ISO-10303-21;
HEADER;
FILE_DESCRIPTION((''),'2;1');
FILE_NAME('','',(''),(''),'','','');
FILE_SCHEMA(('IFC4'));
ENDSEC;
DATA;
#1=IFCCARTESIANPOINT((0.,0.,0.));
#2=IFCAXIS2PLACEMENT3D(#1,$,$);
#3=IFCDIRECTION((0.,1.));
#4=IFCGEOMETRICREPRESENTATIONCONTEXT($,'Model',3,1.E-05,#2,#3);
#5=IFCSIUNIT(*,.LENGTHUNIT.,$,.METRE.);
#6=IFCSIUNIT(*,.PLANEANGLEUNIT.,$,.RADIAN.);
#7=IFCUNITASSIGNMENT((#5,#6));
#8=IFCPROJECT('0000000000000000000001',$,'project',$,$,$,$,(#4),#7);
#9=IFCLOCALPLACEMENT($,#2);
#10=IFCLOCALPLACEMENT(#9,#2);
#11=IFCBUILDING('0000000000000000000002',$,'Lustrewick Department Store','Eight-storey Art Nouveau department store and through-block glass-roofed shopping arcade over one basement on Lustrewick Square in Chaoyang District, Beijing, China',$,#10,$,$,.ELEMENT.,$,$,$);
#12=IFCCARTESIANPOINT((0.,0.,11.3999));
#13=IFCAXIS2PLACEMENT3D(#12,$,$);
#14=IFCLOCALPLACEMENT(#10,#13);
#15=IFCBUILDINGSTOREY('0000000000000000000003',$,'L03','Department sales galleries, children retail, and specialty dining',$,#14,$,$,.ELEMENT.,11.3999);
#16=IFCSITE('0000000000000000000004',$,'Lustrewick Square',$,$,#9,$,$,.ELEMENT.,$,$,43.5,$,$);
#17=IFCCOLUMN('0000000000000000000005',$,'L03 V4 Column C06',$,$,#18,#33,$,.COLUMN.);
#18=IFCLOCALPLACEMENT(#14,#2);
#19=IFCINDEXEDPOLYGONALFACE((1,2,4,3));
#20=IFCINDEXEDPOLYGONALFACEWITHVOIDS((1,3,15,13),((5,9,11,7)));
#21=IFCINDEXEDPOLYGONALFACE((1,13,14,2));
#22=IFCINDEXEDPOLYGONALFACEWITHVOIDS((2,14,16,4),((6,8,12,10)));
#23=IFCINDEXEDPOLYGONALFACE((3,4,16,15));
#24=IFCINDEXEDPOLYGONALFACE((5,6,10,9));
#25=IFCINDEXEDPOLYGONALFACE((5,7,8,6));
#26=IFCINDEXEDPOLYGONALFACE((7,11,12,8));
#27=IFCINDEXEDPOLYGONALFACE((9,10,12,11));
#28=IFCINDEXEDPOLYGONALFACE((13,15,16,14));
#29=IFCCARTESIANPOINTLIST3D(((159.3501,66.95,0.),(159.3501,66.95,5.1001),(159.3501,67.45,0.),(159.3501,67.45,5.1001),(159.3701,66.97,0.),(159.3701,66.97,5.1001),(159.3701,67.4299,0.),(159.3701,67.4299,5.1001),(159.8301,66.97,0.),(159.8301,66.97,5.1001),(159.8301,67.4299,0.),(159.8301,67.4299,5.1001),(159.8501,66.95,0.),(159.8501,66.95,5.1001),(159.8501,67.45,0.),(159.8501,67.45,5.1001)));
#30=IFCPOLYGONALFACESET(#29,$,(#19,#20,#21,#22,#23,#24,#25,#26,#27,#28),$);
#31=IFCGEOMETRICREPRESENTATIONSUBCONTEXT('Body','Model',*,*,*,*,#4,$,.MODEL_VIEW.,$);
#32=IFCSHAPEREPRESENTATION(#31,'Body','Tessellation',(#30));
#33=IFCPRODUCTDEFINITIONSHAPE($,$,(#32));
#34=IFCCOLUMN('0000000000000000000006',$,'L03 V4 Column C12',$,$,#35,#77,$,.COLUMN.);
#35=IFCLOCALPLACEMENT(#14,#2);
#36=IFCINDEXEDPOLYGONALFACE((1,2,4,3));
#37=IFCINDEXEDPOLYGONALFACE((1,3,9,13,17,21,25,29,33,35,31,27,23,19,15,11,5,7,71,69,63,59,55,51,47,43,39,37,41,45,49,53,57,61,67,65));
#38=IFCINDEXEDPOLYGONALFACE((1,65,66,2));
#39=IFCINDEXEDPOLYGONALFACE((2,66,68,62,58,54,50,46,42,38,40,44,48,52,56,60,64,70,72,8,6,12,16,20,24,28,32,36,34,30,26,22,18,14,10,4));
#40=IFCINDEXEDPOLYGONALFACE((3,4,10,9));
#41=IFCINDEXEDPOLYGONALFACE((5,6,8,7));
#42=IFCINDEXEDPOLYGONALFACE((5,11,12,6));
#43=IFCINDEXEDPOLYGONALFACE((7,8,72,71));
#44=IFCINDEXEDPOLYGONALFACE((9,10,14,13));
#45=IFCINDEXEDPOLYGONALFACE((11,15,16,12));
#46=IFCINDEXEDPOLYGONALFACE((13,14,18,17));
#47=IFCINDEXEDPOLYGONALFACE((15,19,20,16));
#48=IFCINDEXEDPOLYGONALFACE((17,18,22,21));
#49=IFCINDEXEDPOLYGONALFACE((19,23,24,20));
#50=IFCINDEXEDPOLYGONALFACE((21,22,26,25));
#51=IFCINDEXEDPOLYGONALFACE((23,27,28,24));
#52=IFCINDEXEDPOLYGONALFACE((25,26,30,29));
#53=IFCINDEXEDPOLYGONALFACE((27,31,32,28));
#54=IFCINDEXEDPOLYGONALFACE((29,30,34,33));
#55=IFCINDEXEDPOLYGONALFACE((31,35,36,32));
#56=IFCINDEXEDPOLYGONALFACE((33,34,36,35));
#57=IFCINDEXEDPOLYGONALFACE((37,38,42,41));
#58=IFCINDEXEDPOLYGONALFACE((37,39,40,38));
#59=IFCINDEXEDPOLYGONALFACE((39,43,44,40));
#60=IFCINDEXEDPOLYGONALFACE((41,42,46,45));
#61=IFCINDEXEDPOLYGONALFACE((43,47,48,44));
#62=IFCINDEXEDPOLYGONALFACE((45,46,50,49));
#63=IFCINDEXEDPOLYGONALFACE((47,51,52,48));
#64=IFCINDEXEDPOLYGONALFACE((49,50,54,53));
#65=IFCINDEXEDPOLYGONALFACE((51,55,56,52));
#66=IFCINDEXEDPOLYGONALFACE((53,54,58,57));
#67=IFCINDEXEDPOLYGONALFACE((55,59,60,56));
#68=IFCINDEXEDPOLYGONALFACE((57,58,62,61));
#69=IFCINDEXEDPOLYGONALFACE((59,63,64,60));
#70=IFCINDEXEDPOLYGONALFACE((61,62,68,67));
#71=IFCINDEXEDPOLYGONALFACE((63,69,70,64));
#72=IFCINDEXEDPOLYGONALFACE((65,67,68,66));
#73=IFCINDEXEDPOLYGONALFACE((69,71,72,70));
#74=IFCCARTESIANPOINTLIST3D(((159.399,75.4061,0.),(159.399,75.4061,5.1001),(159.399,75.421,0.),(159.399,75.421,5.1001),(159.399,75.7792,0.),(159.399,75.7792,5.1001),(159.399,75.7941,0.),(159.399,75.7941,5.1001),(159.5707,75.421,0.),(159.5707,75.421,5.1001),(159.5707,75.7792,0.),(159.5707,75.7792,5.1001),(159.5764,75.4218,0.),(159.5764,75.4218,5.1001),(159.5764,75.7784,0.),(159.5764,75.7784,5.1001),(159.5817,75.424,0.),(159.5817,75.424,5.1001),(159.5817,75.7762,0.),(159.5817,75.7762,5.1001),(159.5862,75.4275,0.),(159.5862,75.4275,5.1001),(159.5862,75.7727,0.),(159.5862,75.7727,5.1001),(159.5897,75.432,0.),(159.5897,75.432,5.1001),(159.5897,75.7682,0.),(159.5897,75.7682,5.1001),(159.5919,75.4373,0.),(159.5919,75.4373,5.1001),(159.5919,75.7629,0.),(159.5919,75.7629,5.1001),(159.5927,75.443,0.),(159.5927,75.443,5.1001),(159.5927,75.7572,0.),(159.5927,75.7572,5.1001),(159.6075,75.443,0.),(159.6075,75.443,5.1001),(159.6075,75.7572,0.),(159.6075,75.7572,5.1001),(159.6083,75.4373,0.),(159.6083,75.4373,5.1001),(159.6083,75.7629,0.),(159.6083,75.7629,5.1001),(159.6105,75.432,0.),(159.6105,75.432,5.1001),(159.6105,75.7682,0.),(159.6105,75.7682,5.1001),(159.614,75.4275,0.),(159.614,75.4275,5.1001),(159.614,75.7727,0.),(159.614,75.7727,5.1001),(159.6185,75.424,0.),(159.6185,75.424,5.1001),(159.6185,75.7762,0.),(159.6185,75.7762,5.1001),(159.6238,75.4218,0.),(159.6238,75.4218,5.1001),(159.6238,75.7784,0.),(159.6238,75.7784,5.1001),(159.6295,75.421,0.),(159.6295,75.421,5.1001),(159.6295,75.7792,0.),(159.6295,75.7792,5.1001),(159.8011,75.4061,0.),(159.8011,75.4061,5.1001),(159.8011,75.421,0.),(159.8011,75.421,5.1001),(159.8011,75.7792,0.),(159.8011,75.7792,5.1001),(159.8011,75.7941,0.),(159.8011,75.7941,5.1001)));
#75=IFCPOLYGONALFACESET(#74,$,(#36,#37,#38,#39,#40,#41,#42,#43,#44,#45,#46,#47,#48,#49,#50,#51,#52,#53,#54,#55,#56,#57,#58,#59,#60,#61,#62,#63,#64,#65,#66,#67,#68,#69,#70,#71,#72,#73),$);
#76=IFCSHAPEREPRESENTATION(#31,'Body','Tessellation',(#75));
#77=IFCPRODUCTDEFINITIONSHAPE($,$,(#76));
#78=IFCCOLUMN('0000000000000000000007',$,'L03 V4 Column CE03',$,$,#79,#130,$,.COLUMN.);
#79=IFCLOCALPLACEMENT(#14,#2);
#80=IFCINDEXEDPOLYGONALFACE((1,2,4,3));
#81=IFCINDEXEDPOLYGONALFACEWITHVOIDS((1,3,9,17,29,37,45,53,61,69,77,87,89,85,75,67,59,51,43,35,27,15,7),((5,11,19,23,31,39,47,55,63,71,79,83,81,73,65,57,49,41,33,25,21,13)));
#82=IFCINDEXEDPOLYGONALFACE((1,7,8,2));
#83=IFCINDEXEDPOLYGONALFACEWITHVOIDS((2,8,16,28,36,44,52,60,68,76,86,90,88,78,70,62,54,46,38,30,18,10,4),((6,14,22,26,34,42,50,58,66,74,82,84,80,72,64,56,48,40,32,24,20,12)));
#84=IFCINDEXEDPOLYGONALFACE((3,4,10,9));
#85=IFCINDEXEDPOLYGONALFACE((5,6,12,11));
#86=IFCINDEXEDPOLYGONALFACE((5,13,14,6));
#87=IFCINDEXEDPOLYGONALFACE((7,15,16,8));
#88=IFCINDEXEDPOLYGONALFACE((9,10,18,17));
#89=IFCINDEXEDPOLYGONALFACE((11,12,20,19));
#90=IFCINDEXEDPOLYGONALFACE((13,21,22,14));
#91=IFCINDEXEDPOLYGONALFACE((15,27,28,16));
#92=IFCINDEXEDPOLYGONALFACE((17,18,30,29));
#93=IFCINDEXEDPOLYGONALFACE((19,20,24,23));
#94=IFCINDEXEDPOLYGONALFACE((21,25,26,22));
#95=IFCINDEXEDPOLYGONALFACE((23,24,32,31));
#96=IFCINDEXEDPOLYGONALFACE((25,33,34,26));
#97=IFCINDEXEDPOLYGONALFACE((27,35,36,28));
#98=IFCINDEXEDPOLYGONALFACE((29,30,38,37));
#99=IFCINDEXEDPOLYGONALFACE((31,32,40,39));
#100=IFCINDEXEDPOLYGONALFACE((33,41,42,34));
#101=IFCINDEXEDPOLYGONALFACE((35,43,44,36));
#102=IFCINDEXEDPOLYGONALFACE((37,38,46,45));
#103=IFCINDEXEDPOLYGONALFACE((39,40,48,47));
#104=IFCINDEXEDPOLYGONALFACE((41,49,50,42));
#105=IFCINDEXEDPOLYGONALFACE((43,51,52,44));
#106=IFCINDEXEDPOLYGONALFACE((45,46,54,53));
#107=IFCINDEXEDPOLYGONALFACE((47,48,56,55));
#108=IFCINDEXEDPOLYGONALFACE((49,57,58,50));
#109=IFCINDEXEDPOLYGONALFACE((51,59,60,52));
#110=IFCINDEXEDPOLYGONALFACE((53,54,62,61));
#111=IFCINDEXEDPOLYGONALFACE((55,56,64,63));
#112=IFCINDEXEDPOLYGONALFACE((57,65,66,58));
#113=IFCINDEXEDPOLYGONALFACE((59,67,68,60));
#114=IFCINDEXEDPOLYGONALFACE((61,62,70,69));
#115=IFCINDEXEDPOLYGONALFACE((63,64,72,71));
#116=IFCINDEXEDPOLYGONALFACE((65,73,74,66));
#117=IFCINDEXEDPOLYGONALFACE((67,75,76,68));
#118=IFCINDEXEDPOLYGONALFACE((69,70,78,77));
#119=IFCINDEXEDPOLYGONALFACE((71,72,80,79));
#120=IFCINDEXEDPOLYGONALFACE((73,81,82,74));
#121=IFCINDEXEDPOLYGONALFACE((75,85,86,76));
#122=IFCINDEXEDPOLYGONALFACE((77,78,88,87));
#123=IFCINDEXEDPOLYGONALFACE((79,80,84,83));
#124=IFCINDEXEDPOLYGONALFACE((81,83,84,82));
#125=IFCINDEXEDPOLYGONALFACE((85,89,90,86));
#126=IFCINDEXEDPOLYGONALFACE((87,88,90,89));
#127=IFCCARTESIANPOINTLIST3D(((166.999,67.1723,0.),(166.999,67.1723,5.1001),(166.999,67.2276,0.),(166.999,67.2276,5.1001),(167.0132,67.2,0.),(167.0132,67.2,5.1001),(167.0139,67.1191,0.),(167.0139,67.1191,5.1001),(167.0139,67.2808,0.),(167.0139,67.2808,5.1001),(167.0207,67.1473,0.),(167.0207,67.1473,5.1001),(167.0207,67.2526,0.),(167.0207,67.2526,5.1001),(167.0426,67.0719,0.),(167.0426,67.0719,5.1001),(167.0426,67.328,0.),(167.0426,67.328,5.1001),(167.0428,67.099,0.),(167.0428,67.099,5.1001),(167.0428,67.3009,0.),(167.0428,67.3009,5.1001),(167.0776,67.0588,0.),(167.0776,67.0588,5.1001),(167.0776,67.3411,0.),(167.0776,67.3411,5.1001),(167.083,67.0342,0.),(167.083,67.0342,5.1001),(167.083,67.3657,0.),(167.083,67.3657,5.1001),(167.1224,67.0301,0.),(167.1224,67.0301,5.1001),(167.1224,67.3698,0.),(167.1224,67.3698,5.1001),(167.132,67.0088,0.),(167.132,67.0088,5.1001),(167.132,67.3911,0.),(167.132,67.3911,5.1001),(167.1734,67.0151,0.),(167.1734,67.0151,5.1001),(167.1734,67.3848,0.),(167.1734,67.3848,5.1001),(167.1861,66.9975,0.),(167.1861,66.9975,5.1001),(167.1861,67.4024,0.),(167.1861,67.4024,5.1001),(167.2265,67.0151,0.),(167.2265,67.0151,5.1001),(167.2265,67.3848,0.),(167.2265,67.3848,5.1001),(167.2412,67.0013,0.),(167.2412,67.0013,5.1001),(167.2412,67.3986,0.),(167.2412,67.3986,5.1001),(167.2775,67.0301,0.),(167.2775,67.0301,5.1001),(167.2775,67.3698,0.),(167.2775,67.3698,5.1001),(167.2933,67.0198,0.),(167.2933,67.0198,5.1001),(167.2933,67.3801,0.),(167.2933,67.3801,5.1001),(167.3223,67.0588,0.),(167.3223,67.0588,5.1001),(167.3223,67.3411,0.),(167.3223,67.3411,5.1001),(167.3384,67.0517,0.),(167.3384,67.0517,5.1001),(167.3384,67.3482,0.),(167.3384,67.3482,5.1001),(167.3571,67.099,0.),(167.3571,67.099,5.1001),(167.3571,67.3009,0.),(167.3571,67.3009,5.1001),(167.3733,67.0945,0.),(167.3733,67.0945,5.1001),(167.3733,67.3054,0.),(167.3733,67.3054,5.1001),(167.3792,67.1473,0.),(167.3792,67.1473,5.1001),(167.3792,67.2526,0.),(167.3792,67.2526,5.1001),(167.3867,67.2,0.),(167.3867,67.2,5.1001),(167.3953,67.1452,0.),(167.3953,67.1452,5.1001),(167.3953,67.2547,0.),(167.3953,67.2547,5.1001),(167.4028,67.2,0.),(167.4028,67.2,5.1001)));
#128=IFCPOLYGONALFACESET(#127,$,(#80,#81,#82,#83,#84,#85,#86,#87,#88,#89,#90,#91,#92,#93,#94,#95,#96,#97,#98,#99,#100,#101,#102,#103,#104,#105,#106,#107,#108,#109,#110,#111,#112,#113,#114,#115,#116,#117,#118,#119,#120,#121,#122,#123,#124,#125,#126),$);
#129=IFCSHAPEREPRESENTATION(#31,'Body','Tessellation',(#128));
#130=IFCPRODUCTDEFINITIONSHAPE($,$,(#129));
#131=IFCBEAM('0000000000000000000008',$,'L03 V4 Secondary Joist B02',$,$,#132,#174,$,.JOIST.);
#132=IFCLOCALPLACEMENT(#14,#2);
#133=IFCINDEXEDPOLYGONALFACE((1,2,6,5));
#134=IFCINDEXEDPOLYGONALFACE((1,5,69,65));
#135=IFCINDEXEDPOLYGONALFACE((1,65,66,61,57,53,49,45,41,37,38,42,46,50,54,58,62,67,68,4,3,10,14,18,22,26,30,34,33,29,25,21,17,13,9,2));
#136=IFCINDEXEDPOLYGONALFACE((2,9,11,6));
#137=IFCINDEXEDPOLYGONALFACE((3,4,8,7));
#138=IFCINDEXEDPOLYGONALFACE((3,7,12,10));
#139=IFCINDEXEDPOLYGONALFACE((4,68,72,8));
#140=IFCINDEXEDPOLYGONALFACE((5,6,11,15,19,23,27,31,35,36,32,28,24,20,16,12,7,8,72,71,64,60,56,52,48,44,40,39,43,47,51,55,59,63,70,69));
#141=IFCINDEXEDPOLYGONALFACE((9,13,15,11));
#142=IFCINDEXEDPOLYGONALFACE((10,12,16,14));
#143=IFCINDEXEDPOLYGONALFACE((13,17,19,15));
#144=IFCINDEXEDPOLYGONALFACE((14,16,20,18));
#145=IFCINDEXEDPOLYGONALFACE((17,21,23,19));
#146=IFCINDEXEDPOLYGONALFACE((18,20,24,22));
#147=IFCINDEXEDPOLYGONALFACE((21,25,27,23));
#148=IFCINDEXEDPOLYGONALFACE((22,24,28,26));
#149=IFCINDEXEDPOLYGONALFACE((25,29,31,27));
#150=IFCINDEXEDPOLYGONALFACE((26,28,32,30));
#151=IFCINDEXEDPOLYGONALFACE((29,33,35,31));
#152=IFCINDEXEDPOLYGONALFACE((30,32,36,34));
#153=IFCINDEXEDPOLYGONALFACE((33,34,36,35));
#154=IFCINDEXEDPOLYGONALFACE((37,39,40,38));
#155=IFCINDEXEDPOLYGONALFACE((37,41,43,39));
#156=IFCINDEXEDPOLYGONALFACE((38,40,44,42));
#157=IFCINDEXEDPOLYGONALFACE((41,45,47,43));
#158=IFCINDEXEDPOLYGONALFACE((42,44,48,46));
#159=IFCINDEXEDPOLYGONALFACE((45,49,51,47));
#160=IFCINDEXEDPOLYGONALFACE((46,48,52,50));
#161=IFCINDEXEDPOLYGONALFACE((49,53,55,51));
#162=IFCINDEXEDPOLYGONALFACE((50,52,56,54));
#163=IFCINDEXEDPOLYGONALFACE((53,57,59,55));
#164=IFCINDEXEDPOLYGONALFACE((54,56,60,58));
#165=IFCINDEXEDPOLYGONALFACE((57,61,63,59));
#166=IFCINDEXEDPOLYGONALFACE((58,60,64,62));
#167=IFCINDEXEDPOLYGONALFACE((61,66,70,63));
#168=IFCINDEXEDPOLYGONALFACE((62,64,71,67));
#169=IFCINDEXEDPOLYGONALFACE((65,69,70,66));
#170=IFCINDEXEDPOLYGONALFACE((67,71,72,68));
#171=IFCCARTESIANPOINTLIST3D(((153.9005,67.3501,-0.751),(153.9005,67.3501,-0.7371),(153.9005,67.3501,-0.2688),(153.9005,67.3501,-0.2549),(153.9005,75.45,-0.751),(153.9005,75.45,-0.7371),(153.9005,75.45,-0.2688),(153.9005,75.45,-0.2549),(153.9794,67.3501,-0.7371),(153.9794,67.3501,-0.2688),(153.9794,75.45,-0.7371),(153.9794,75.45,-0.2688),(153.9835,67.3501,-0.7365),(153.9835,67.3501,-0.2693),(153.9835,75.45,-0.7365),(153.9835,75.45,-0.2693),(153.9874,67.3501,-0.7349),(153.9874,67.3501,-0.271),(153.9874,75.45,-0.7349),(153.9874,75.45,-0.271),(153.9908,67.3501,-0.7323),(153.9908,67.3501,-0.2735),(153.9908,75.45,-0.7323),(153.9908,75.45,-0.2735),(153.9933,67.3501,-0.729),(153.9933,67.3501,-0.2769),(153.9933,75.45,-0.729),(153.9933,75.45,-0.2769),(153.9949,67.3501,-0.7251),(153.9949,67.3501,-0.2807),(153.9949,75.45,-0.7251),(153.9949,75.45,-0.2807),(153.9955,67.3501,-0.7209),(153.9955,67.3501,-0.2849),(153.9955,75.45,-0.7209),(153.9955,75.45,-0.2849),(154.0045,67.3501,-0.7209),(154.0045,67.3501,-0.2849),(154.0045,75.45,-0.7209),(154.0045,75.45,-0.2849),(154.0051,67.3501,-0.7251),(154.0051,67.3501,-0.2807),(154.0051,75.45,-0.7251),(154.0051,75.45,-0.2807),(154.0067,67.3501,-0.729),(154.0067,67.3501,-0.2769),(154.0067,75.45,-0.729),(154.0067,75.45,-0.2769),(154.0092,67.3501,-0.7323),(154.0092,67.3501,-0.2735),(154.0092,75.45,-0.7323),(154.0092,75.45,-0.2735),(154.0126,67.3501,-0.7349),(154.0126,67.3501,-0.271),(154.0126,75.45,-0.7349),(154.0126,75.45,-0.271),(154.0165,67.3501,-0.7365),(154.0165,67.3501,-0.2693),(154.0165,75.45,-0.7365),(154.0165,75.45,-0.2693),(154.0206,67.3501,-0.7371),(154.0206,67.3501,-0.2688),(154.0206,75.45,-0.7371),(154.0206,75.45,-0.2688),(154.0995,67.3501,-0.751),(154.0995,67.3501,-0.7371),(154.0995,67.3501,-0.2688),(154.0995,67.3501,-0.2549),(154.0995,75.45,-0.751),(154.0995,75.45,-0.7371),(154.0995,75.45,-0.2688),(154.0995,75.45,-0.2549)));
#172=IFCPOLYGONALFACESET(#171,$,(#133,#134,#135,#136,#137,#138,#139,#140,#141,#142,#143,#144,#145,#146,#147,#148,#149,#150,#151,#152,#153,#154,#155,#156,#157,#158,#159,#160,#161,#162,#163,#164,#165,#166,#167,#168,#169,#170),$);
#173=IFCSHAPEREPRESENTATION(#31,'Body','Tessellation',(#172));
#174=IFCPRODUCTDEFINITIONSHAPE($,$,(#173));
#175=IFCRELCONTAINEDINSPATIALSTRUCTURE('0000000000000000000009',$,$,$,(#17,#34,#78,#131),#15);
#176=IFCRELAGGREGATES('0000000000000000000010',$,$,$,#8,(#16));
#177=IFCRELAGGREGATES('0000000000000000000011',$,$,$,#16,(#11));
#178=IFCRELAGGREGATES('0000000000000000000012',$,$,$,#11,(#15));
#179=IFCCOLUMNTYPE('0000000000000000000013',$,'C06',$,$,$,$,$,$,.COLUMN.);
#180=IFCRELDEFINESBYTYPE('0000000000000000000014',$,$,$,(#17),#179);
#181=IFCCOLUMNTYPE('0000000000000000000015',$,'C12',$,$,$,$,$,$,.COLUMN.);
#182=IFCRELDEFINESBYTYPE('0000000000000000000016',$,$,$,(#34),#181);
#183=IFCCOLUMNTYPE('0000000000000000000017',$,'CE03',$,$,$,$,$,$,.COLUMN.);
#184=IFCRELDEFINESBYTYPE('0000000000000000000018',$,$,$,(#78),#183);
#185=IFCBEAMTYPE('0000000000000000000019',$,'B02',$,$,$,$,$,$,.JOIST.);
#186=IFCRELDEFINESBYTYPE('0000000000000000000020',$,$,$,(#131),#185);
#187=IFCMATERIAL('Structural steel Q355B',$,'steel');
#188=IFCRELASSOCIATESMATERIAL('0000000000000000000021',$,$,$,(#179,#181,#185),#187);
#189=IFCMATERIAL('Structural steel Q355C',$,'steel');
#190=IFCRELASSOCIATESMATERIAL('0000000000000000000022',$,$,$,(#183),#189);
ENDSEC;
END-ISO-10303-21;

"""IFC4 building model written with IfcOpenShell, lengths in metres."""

from ifc_helpers import new_model, si_unit, direction, frame, origin, origin_2d, place, context, subcontext, project, spatial, hollow_rectangle, hollow_circle, i_section, extrude, material, material_profile, profile_set, type_object, element, save


model = new_model("IFC4")

# Units and contexts
model_context = context("Model", 3, precision=1e-05, world=origin(), true_north=direction((0.0, 1.0)))
body_context = subcontext(model_context, "Body", "Model", "MODEL_VIEW")
ifc_project = project(units=[si_unit("LENGTHUNIT", "METRE"), si_unit("PLANEANGLEUNIT", "RADIAN")], contexts=[model_context])

# Site, building, storey
site_placement = place(None, origin())
site = spatial("IfcSite", under=ifc_project, at=site_placement, Name="Lustrewick Square", CompositionType="ELEMENT", RefElevation=43.5)
building_placement = place(site_placement, origin())
building = spatial("IfcBuilding", under=site, at=building_placement, Name="Lustrewick Department Store", Description="Eight-storey Art Nouveau department store and through-block glass-roofed shopping arcade over one basement on Lustrewick Square in Chaoyang District, Beijing, China", CompositionType="ELEMENT")
storey_placement = place(building_placement, frame((0.0, 0.0, 11.3999)))
storey = spatial("IfcBuildingStorey", under=building, at=storey_placement, Name="L03", Description="Department sales galleries, children retail, and specialty dining", CompositionType="ELEMENT", Elevation=11.3999)

# Columns
ifc_material_1 = material(Name="Structural steel Q355B", Category="steel")
ifc_material_profile_1 = material_profile(ifc_material_1, hollow_rectangle(XDim=0.5, YDim=0.5, WallThickness=0.02, at=origin_2d()), Name="BOX 500x500x20")
ifc_profile_set_1 = profile_set([ifc_material_profile_1], Name="Structural steel Q355B")
column_type_1 = type_object("IfcColumnType", Name="C06", PredefinedType="COLUMN", material=ifc_profile_set_1)
column_1_placement = place(storey_placement, frame((159.6001, 67.2, 0.0), z_axis=(0.0, 0.0, 1.0), x_axis=(1.0, 0.0, 0.0)))
element("IfcColumn", 1, at=column_1_placement, inside=storey, type_object=column_type_1, Name="L03 V4 Column C06", PredefinedType="COLUMN", context=body_context, shape_type="SweptSolid", body=[
    extrude(hollow_rectangle(XDim=0.5, YDim=0.5, WallThickness=0.02, at=origin_2d()), origin(), (0.0, 0.0, 1.0), 5.1001),
])
ifc_material_profile_2 = material_profile(ifc_material_1, i_section(OverallWidth=0.4021, OverallDepth=0.3879, WebThickness=0.0149, FlangeThickness=0.0149, FilletRadius=0.022, at=origin_2d()), Name="HW 388x402x15x15")
ifc_profile_set_2 = profile_set([ifc_material_profile_2], Name="Structural steel Q355B")
column_type_2 = type_object("IfcColumnType", Name="C12", PredefinedType="COLUMN", material=ifc_profile_set_2)
column_2_placement = place(storey_placement, frame((159.6001, 75.6001, 0.0), z_axis=(0.0, 0.0, 1.0), x_axis=(1.0, 0.0, 0.0)))
element("IfcColumn", 2, at=column_2_placement, inside=storey, type_object=column_type_2, Name="L03 V4 Column C12", PredefinedType="COLUMN", context=body_context, shape_type="SweptSolid", body=[
    extrude(i_section(OverallWidth=0.4021, OverallDepth=0.3879, WebThickness=0.0149, FlangeThickness=0.0149, FilletRadius=0.022, at=origin_2d()), origin(), (0.0, 0.0, 1.0), 5.1001),
])
ifc_material_2 = material(Name="Structural steel Q355C", Category="steel")
ifc_material_profile_3 = material_profile(ifc_material_2, hollow_circle(Radius=0.2029, WallThickness=0.0161, at=origin_2d()), Name="CHS 406x16")
ifc_profile_set_3 = profile_set([ifc_material_profile_3], Name="Structural steel Q355C")
column_type_3 = type_object("IfcColumnType", Name="CE03", PredefinedType="COLUMN", material=ifc_profile_set_3)
column_3_placement = place(storey_placement, frame((167.2, 67.2, 0.0), z_axis=(0.0, 0.0, 1.0), x_axis=(1.0, 0.0, 0.0)))
element("IfcColumn", 3, at=column_3_placement, inside=storey, type_object=column_type_3, Name="L03 V4 Column CE03", PredefinedType="COLUMN", context=body_context, shape_type="SweptSolid", body=[
    extrude(hollow_circle(Radius=0.2029, WallThickness=0.0161, at=origin_2d()), origin(), (0.0, 0.0, 1.0), 5.1001),
])

# Beam
ifc_material_profile_4 = material_profile(ifc_material_1, i_section(OverallWidth=0.199, OverallDepth=0.4961, WebThickness=0.009, FlangeThickness=0.0139, FilletRadius=0.0161, at=origin_2d()), Name="HN 496x199x9x14")
ifc_profile_set_4 = profile_set([ifc_material_profile_4], Name="Structural steel Q355B")
beam_type_1 = type_object("IfcBeamType", Name="B02", PredefinedType="JOIST", material=ifc_profile_set_4)
beam_1_placement = place(storey_placement, frame((154.0, 67.3501, -0.5029), z_axis=(0.0, 1.0, 0.0), x_axis=(-1.0, 0.0, 0.0)))
element("IfcBeam", 4, at=beam_1_placement, inside=storey, type_object=beam_type_1, Name="L03 V4 Secondary Joist B02", PredefinedType="JOIST", context=body_context, shape_type="SweptSolid", body=[
    extrude(i_section(OverallWidth=0.199, OverallDepth=0.4961, WebThickness=0.009, FlangeThickness=0.0139, FilletRadius=0.0161, at=origin_2d()), origin(), (0.0, 0.0, 1.0), 8.0999),
])

save(model, "model.ifc")
